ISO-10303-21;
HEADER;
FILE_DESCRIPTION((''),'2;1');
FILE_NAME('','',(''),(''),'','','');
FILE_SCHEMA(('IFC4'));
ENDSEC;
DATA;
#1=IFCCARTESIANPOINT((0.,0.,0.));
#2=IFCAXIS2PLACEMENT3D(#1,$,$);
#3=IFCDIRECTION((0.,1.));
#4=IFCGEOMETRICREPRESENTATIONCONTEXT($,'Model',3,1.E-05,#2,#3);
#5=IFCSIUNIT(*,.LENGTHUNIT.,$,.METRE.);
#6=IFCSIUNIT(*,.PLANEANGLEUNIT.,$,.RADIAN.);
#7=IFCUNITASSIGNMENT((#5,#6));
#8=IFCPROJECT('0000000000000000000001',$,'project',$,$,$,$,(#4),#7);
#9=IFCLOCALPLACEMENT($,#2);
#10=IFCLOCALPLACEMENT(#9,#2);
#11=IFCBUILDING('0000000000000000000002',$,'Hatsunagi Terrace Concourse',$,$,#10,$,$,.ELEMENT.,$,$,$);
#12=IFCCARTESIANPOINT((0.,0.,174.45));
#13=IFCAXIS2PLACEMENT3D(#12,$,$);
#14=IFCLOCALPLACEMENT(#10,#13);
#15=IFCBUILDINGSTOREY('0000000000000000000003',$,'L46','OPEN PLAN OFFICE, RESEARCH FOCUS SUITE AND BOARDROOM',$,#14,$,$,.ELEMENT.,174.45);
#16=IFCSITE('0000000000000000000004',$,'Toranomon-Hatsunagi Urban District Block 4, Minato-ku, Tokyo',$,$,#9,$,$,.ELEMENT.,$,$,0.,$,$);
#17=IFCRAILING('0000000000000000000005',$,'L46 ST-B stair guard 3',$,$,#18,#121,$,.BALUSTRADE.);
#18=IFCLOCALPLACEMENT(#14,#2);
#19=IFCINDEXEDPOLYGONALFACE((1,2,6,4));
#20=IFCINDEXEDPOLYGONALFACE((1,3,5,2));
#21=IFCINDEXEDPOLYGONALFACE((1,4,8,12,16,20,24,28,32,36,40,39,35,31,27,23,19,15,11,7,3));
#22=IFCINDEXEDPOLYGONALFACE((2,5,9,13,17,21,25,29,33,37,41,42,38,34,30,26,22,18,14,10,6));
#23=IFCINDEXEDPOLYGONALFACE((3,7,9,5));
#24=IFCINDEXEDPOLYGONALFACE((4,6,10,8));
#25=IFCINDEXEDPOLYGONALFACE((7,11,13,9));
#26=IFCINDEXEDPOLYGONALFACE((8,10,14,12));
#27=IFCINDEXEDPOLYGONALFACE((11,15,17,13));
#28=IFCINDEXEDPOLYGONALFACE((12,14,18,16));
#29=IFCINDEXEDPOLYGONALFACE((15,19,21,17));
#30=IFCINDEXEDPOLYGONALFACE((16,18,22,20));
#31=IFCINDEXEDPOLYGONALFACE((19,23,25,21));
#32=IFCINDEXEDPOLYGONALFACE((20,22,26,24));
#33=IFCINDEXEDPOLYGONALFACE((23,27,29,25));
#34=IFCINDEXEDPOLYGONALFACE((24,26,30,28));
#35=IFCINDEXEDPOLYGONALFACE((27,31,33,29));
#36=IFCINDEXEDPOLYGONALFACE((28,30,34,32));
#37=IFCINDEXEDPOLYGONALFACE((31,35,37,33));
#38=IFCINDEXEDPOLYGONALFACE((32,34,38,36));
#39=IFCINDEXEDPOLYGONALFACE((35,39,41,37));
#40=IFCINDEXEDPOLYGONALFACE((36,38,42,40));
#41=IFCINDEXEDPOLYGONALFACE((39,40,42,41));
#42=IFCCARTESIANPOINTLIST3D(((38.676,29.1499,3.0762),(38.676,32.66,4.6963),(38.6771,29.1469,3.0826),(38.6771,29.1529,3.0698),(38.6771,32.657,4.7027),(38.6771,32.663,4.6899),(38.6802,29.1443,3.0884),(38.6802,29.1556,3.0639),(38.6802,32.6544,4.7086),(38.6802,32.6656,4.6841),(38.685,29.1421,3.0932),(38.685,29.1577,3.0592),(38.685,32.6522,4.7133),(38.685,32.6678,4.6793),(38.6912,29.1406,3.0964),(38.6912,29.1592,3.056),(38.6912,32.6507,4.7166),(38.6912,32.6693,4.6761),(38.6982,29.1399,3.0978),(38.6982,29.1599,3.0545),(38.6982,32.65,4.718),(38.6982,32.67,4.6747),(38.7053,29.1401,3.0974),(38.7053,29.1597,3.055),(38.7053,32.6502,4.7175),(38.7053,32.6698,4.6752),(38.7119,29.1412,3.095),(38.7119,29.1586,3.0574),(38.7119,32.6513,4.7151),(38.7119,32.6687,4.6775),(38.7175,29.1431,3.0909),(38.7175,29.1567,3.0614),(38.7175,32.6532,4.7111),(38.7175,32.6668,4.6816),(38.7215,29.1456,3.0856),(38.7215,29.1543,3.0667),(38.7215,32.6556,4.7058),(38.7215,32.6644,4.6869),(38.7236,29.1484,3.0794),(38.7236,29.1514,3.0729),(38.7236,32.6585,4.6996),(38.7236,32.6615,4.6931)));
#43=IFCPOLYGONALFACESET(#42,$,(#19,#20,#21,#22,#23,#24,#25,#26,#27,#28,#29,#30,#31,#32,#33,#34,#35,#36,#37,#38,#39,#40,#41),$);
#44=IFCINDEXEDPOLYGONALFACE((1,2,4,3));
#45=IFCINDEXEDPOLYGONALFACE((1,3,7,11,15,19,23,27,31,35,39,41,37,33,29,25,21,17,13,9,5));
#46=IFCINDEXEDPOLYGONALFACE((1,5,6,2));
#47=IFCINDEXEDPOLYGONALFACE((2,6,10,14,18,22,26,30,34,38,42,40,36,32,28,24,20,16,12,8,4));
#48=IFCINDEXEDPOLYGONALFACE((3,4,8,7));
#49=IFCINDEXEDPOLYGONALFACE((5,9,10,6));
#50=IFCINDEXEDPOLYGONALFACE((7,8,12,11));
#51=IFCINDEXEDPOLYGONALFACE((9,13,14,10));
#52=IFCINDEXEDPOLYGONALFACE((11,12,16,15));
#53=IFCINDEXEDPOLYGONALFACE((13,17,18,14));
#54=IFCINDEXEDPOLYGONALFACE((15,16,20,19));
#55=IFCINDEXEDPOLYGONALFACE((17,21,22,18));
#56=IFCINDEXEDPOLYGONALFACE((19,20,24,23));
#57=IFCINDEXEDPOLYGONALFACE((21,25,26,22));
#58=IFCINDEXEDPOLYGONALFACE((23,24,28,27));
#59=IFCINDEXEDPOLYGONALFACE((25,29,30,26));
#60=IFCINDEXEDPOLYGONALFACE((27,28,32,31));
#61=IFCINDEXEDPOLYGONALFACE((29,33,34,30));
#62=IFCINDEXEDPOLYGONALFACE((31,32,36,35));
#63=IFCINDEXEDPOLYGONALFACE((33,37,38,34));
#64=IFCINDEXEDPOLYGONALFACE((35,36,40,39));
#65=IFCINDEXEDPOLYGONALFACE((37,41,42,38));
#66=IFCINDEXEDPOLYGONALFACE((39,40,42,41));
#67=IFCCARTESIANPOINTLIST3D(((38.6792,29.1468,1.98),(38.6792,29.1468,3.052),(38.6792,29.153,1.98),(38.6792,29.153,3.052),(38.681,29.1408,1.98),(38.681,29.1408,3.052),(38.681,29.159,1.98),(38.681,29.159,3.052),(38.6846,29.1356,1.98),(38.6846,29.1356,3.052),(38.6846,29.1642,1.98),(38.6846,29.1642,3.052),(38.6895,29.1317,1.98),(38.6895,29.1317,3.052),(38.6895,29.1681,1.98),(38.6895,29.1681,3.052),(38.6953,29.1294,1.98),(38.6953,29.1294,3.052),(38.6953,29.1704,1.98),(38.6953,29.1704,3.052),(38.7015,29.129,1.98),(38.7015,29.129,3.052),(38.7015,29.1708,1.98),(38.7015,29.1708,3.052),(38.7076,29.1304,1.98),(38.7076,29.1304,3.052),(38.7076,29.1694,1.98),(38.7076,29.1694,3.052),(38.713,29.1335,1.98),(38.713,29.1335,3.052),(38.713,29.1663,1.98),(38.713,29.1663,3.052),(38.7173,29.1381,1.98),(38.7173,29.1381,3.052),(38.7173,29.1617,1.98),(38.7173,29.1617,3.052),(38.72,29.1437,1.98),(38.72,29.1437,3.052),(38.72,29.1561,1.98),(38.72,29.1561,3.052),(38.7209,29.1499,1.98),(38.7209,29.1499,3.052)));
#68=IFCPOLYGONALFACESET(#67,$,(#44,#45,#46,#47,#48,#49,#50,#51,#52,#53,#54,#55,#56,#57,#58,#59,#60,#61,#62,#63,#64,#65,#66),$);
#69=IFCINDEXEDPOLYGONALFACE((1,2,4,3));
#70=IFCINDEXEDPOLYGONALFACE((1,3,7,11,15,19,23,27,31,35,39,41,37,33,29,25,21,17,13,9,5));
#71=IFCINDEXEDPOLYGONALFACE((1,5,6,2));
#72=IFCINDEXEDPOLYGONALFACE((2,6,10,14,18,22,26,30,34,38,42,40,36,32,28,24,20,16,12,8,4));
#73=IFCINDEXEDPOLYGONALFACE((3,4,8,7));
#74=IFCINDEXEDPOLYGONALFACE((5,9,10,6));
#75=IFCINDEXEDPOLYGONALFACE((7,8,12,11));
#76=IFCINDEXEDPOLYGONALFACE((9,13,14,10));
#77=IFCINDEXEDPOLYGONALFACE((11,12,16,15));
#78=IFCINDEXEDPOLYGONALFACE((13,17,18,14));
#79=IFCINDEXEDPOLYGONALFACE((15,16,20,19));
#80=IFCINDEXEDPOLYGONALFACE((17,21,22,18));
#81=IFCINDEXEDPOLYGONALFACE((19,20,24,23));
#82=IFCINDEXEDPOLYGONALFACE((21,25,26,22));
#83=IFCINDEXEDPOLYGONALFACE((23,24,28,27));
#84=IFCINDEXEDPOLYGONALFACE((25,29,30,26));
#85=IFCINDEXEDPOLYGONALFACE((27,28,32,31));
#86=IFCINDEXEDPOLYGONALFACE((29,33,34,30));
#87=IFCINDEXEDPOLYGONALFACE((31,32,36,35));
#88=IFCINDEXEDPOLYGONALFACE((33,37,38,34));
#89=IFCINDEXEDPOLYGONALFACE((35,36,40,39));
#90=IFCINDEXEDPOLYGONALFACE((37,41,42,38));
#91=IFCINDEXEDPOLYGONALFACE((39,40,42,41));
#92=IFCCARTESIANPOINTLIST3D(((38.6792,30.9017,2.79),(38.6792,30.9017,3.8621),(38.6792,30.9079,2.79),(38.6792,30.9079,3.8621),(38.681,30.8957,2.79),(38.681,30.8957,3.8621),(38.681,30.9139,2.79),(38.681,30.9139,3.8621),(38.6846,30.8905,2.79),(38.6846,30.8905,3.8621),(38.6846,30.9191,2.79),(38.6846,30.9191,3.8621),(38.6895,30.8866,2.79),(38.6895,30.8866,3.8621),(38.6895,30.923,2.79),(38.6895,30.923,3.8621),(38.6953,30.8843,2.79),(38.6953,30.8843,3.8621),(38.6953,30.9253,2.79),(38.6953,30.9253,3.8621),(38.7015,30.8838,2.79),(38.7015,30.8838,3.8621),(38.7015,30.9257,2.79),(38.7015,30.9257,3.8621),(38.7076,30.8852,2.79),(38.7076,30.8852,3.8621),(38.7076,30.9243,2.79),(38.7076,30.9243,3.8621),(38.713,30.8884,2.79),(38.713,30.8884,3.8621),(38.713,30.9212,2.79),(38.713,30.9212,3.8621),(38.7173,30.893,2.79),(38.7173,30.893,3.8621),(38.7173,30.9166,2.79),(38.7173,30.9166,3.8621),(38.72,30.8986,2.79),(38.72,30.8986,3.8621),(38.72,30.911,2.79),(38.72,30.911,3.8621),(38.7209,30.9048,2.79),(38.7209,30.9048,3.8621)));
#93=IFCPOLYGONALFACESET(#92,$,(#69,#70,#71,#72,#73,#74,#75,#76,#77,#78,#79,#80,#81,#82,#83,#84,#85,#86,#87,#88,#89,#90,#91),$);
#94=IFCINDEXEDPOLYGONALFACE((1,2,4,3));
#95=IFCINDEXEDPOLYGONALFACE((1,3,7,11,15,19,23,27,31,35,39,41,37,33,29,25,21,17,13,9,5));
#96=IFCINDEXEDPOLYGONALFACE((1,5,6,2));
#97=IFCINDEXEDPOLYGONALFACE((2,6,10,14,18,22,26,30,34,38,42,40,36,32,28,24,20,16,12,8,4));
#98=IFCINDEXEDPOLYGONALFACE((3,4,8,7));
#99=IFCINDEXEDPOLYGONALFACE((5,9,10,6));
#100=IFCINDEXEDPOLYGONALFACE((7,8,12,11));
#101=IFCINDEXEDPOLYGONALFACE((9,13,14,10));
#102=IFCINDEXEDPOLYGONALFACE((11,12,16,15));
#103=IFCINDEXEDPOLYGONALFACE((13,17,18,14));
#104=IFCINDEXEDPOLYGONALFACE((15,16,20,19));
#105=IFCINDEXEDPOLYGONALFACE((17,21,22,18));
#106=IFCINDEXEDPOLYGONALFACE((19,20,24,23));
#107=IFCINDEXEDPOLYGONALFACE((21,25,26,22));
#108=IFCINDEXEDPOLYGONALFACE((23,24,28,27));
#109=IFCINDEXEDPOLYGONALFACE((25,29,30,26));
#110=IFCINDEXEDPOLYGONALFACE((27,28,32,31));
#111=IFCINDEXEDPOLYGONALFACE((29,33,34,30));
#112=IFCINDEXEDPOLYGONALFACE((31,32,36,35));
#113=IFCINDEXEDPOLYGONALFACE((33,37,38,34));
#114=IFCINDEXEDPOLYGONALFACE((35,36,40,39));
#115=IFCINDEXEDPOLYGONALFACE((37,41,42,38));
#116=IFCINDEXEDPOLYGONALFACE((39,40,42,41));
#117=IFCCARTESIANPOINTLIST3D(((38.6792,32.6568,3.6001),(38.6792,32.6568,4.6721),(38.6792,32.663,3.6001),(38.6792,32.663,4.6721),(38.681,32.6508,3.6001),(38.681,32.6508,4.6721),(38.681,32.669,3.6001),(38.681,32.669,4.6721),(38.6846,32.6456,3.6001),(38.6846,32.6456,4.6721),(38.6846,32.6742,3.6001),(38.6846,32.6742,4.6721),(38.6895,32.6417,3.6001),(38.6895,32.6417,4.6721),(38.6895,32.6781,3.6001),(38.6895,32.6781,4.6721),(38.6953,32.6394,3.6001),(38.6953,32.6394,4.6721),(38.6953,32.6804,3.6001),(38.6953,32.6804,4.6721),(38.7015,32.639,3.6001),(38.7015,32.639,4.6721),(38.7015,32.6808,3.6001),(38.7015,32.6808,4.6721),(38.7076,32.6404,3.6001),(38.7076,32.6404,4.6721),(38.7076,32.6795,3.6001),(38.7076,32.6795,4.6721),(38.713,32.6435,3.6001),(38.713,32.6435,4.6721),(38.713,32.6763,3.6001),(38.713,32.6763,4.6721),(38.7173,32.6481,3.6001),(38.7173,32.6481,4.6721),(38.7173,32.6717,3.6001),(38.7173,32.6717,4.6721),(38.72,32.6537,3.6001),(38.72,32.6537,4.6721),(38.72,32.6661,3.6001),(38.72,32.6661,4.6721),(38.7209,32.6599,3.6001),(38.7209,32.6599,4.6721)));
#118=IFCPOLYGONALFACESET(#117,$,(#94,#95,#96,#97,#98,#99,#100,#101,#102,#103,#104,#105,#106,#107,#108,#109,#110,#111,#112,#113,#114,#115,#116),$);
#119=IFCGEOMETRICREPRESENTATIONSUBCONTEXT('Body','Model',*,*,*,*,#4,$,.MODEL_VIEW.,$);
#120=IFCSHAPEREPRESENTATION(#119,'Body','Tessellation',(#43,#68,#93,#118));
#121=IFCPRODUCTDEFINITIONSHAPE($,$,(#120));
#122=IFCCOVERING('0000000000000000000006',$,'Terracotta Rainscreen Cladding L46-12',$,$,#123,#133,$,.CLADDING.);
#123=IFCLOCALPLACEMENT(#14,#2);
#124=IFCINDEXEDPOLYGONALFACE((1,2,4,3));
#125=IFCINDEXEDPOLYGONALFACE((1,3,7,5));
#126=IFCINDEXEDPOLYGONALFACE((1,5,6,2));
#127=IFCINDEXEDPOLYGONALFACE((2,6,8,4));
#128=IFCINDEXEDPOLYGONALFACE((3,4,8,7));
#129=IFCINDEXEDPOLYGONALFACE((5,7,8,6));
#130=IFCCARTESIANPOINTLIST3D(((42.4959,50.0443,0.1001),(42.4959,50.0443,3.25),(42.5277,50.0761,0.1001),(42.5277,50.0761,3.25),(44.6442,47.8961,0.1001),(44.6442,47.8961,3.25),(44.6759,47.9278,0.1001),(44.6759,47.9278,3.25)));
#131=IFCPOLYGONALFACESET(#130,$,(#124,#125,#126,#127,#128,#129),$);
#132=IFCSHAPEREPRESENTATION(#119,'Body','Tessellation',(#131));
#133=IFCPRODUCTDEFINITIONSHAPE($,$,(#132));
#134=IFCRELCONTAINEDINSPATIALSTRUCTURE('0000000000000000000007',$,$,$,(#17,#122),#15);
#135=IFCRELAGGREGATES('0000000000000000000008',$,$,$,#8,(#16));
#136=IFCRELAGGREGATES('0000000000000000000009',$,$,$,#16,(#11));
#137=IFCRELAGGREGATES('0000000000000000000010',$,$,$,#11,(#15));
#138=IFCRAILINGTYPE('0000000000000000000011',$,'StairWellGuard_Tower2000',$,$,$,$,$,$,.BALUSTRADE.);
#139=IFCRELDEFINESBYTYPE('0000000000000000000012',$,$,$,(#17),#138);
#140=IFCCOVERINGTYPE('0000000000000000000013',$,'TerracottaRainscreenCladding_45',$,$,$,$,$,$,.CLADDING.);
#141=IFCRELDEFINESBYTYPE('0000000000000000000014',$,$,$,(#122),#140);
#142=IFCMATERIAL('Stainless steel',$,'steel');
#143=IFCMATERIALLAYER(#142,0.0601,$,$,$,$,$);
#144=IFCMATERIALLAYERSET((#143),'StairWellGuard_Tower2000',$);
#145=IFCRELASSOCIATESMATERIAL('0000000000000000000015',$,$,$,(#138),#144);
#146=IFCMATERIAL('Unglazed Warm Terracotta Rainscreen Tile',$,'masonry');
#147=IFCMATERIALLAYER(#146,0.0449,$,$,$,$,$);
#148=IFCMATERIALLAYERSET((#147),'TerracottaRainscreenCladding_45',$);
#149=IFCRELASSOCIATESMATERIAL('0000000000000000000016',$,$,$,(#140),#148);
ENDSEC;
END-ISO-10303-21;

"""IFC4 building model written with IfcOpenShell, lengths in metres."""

from ifc_helpers import new_model, si_unit, direction, frame, origin, origin_2d, place, context, subcontext, project, spatial, rectangle, circle, extrude, material, layer, layer_set, type_object, element, save


model = new_model("IFC4")

# Units and contexts
model_context = context("Model", 3, precision=1e-05, world=origin(), true_north=direction((0.0, 1.0)))
body_context = subcontext(model_context, "Body", "Model", "MODEL_VIEW")
ifc_project = project(units=[si_unit("LENGTHUNIT", "METRE"), si_unit("PLANEANGLEUNIT", "RADIAN")], contexts=[model_context])

# Site, building, storey
site_placement = place(None, origin())
site = spatial("IfcSite", under=ifc_project, at=site_placement, Name="Toranomon-Hatsunagi Urban District Block 4, Minato-ku, Tokyo", CompositionType="ELEMENT", RefElevation=0.0)
building_placement = place(site_placement, origin())
building = spatial("IfcBuilding", under=site, at=building_placement, Name="Hatsunagi Terrace Concourse", CompositionType="ELEMENT")
storey_placement = place(building_placement, frame((0.0, 0.0, 174.45)))
storey = spatial("IfcBuildingStorey", under=building, at=storey_placement, Name="L46", Description="OPEN PLAN OFFICE, RESEARCH FOCUS SUITE AND BOARDROOM", CompositionType="ELEMENT", Elevation=174.45)

# Railing
ifc_material_1 = material(Name="Stainless steel", Category="steel")
ifc_layer_1 = layer(ifc_material_1, 0.0601)
ifc_layer_set_1 = layer_set([ifc_layer_1], Name="StairWellGuard_Tower2000")
railing_type_1 = type_object("IfcRailingType", Name="StairWellGuard_Tower2000", PredefinedType="BALUSTRADE", material=ifc_layer_set_1)
railing_1_placement = place(storey_placement, frame((38.7, 29.1499, 1.98)))
element("IfcRailing", 1, at=railing_1_placement, inside=storey, type_object=railing_type_1, Name="L46 ST-B stair guard 3", PredefinedType="BALUSTRADE", context=body_context, shape_type="SweptSolid", body=[
    extrude(circle(Radius=0.0239, at=origin_2d()), frame((0.0, 0.0, 1.0962), z_axis=(0.0, 0.907948, 0.419082), x_axis=(-1.0, 0.0, 0.0)), (0.0, 0.0, 1.0), 3.866),
    extrude(circle(Radius=0.021, at=origin_2d()), origin(), (0.0, 0.0, 1.0), 1.072),
    extrude(circle(Radius=0.021, at=origin_2d()), frame((0.0, 1.7549, 0.8101)), (0.0, 0.0, 1.0), 1.072),
    extrude(circle(Radius=0.021, at=origin_2d()), frame((0.0, 3.51, 1.6201)), (0.0, 0.0, 1.0), 1.072),
])

# Covering
ifc_material_2 = material(Name="Unglazed Warm Terracotta Rainscreen Tile", Category="masonry")
ifc_layer_2 = layer(ifc_material_2, 0.0449)
ifc_layer_set_2 = layer_set([ifc_layer_2], Name="TerracottaRainscreenCladding_45")
covering_type = type_object("IfcCoveringType", Name="TerracottaRainscreenCladding_45", PredefinedType="CLADDING", material=ifc_layer_set_2)
covering_placement = place(storey_placement, frame((43.5859, 48.9861, 0.1001), z_axis=(0.0, 0.0, 1.0), x_axis=(0.707107, -0.707107, 0.0)))
element("IfcCovering", 2, at=covering_placement, inside=storey, type_object=covering_type, Name="Terracotta Rainscreen Cladding L46-12", PredefinedType="CLADDING", context=body_context, shape_type="SweptSolid", body=[
    extrude(rectangle(XDim=3.0381, YDim=0.0449, at=origin_2d()), origin(), (0.0, 0.0, 1.0), 3.1499),
])

save(model, "model.ifc")
